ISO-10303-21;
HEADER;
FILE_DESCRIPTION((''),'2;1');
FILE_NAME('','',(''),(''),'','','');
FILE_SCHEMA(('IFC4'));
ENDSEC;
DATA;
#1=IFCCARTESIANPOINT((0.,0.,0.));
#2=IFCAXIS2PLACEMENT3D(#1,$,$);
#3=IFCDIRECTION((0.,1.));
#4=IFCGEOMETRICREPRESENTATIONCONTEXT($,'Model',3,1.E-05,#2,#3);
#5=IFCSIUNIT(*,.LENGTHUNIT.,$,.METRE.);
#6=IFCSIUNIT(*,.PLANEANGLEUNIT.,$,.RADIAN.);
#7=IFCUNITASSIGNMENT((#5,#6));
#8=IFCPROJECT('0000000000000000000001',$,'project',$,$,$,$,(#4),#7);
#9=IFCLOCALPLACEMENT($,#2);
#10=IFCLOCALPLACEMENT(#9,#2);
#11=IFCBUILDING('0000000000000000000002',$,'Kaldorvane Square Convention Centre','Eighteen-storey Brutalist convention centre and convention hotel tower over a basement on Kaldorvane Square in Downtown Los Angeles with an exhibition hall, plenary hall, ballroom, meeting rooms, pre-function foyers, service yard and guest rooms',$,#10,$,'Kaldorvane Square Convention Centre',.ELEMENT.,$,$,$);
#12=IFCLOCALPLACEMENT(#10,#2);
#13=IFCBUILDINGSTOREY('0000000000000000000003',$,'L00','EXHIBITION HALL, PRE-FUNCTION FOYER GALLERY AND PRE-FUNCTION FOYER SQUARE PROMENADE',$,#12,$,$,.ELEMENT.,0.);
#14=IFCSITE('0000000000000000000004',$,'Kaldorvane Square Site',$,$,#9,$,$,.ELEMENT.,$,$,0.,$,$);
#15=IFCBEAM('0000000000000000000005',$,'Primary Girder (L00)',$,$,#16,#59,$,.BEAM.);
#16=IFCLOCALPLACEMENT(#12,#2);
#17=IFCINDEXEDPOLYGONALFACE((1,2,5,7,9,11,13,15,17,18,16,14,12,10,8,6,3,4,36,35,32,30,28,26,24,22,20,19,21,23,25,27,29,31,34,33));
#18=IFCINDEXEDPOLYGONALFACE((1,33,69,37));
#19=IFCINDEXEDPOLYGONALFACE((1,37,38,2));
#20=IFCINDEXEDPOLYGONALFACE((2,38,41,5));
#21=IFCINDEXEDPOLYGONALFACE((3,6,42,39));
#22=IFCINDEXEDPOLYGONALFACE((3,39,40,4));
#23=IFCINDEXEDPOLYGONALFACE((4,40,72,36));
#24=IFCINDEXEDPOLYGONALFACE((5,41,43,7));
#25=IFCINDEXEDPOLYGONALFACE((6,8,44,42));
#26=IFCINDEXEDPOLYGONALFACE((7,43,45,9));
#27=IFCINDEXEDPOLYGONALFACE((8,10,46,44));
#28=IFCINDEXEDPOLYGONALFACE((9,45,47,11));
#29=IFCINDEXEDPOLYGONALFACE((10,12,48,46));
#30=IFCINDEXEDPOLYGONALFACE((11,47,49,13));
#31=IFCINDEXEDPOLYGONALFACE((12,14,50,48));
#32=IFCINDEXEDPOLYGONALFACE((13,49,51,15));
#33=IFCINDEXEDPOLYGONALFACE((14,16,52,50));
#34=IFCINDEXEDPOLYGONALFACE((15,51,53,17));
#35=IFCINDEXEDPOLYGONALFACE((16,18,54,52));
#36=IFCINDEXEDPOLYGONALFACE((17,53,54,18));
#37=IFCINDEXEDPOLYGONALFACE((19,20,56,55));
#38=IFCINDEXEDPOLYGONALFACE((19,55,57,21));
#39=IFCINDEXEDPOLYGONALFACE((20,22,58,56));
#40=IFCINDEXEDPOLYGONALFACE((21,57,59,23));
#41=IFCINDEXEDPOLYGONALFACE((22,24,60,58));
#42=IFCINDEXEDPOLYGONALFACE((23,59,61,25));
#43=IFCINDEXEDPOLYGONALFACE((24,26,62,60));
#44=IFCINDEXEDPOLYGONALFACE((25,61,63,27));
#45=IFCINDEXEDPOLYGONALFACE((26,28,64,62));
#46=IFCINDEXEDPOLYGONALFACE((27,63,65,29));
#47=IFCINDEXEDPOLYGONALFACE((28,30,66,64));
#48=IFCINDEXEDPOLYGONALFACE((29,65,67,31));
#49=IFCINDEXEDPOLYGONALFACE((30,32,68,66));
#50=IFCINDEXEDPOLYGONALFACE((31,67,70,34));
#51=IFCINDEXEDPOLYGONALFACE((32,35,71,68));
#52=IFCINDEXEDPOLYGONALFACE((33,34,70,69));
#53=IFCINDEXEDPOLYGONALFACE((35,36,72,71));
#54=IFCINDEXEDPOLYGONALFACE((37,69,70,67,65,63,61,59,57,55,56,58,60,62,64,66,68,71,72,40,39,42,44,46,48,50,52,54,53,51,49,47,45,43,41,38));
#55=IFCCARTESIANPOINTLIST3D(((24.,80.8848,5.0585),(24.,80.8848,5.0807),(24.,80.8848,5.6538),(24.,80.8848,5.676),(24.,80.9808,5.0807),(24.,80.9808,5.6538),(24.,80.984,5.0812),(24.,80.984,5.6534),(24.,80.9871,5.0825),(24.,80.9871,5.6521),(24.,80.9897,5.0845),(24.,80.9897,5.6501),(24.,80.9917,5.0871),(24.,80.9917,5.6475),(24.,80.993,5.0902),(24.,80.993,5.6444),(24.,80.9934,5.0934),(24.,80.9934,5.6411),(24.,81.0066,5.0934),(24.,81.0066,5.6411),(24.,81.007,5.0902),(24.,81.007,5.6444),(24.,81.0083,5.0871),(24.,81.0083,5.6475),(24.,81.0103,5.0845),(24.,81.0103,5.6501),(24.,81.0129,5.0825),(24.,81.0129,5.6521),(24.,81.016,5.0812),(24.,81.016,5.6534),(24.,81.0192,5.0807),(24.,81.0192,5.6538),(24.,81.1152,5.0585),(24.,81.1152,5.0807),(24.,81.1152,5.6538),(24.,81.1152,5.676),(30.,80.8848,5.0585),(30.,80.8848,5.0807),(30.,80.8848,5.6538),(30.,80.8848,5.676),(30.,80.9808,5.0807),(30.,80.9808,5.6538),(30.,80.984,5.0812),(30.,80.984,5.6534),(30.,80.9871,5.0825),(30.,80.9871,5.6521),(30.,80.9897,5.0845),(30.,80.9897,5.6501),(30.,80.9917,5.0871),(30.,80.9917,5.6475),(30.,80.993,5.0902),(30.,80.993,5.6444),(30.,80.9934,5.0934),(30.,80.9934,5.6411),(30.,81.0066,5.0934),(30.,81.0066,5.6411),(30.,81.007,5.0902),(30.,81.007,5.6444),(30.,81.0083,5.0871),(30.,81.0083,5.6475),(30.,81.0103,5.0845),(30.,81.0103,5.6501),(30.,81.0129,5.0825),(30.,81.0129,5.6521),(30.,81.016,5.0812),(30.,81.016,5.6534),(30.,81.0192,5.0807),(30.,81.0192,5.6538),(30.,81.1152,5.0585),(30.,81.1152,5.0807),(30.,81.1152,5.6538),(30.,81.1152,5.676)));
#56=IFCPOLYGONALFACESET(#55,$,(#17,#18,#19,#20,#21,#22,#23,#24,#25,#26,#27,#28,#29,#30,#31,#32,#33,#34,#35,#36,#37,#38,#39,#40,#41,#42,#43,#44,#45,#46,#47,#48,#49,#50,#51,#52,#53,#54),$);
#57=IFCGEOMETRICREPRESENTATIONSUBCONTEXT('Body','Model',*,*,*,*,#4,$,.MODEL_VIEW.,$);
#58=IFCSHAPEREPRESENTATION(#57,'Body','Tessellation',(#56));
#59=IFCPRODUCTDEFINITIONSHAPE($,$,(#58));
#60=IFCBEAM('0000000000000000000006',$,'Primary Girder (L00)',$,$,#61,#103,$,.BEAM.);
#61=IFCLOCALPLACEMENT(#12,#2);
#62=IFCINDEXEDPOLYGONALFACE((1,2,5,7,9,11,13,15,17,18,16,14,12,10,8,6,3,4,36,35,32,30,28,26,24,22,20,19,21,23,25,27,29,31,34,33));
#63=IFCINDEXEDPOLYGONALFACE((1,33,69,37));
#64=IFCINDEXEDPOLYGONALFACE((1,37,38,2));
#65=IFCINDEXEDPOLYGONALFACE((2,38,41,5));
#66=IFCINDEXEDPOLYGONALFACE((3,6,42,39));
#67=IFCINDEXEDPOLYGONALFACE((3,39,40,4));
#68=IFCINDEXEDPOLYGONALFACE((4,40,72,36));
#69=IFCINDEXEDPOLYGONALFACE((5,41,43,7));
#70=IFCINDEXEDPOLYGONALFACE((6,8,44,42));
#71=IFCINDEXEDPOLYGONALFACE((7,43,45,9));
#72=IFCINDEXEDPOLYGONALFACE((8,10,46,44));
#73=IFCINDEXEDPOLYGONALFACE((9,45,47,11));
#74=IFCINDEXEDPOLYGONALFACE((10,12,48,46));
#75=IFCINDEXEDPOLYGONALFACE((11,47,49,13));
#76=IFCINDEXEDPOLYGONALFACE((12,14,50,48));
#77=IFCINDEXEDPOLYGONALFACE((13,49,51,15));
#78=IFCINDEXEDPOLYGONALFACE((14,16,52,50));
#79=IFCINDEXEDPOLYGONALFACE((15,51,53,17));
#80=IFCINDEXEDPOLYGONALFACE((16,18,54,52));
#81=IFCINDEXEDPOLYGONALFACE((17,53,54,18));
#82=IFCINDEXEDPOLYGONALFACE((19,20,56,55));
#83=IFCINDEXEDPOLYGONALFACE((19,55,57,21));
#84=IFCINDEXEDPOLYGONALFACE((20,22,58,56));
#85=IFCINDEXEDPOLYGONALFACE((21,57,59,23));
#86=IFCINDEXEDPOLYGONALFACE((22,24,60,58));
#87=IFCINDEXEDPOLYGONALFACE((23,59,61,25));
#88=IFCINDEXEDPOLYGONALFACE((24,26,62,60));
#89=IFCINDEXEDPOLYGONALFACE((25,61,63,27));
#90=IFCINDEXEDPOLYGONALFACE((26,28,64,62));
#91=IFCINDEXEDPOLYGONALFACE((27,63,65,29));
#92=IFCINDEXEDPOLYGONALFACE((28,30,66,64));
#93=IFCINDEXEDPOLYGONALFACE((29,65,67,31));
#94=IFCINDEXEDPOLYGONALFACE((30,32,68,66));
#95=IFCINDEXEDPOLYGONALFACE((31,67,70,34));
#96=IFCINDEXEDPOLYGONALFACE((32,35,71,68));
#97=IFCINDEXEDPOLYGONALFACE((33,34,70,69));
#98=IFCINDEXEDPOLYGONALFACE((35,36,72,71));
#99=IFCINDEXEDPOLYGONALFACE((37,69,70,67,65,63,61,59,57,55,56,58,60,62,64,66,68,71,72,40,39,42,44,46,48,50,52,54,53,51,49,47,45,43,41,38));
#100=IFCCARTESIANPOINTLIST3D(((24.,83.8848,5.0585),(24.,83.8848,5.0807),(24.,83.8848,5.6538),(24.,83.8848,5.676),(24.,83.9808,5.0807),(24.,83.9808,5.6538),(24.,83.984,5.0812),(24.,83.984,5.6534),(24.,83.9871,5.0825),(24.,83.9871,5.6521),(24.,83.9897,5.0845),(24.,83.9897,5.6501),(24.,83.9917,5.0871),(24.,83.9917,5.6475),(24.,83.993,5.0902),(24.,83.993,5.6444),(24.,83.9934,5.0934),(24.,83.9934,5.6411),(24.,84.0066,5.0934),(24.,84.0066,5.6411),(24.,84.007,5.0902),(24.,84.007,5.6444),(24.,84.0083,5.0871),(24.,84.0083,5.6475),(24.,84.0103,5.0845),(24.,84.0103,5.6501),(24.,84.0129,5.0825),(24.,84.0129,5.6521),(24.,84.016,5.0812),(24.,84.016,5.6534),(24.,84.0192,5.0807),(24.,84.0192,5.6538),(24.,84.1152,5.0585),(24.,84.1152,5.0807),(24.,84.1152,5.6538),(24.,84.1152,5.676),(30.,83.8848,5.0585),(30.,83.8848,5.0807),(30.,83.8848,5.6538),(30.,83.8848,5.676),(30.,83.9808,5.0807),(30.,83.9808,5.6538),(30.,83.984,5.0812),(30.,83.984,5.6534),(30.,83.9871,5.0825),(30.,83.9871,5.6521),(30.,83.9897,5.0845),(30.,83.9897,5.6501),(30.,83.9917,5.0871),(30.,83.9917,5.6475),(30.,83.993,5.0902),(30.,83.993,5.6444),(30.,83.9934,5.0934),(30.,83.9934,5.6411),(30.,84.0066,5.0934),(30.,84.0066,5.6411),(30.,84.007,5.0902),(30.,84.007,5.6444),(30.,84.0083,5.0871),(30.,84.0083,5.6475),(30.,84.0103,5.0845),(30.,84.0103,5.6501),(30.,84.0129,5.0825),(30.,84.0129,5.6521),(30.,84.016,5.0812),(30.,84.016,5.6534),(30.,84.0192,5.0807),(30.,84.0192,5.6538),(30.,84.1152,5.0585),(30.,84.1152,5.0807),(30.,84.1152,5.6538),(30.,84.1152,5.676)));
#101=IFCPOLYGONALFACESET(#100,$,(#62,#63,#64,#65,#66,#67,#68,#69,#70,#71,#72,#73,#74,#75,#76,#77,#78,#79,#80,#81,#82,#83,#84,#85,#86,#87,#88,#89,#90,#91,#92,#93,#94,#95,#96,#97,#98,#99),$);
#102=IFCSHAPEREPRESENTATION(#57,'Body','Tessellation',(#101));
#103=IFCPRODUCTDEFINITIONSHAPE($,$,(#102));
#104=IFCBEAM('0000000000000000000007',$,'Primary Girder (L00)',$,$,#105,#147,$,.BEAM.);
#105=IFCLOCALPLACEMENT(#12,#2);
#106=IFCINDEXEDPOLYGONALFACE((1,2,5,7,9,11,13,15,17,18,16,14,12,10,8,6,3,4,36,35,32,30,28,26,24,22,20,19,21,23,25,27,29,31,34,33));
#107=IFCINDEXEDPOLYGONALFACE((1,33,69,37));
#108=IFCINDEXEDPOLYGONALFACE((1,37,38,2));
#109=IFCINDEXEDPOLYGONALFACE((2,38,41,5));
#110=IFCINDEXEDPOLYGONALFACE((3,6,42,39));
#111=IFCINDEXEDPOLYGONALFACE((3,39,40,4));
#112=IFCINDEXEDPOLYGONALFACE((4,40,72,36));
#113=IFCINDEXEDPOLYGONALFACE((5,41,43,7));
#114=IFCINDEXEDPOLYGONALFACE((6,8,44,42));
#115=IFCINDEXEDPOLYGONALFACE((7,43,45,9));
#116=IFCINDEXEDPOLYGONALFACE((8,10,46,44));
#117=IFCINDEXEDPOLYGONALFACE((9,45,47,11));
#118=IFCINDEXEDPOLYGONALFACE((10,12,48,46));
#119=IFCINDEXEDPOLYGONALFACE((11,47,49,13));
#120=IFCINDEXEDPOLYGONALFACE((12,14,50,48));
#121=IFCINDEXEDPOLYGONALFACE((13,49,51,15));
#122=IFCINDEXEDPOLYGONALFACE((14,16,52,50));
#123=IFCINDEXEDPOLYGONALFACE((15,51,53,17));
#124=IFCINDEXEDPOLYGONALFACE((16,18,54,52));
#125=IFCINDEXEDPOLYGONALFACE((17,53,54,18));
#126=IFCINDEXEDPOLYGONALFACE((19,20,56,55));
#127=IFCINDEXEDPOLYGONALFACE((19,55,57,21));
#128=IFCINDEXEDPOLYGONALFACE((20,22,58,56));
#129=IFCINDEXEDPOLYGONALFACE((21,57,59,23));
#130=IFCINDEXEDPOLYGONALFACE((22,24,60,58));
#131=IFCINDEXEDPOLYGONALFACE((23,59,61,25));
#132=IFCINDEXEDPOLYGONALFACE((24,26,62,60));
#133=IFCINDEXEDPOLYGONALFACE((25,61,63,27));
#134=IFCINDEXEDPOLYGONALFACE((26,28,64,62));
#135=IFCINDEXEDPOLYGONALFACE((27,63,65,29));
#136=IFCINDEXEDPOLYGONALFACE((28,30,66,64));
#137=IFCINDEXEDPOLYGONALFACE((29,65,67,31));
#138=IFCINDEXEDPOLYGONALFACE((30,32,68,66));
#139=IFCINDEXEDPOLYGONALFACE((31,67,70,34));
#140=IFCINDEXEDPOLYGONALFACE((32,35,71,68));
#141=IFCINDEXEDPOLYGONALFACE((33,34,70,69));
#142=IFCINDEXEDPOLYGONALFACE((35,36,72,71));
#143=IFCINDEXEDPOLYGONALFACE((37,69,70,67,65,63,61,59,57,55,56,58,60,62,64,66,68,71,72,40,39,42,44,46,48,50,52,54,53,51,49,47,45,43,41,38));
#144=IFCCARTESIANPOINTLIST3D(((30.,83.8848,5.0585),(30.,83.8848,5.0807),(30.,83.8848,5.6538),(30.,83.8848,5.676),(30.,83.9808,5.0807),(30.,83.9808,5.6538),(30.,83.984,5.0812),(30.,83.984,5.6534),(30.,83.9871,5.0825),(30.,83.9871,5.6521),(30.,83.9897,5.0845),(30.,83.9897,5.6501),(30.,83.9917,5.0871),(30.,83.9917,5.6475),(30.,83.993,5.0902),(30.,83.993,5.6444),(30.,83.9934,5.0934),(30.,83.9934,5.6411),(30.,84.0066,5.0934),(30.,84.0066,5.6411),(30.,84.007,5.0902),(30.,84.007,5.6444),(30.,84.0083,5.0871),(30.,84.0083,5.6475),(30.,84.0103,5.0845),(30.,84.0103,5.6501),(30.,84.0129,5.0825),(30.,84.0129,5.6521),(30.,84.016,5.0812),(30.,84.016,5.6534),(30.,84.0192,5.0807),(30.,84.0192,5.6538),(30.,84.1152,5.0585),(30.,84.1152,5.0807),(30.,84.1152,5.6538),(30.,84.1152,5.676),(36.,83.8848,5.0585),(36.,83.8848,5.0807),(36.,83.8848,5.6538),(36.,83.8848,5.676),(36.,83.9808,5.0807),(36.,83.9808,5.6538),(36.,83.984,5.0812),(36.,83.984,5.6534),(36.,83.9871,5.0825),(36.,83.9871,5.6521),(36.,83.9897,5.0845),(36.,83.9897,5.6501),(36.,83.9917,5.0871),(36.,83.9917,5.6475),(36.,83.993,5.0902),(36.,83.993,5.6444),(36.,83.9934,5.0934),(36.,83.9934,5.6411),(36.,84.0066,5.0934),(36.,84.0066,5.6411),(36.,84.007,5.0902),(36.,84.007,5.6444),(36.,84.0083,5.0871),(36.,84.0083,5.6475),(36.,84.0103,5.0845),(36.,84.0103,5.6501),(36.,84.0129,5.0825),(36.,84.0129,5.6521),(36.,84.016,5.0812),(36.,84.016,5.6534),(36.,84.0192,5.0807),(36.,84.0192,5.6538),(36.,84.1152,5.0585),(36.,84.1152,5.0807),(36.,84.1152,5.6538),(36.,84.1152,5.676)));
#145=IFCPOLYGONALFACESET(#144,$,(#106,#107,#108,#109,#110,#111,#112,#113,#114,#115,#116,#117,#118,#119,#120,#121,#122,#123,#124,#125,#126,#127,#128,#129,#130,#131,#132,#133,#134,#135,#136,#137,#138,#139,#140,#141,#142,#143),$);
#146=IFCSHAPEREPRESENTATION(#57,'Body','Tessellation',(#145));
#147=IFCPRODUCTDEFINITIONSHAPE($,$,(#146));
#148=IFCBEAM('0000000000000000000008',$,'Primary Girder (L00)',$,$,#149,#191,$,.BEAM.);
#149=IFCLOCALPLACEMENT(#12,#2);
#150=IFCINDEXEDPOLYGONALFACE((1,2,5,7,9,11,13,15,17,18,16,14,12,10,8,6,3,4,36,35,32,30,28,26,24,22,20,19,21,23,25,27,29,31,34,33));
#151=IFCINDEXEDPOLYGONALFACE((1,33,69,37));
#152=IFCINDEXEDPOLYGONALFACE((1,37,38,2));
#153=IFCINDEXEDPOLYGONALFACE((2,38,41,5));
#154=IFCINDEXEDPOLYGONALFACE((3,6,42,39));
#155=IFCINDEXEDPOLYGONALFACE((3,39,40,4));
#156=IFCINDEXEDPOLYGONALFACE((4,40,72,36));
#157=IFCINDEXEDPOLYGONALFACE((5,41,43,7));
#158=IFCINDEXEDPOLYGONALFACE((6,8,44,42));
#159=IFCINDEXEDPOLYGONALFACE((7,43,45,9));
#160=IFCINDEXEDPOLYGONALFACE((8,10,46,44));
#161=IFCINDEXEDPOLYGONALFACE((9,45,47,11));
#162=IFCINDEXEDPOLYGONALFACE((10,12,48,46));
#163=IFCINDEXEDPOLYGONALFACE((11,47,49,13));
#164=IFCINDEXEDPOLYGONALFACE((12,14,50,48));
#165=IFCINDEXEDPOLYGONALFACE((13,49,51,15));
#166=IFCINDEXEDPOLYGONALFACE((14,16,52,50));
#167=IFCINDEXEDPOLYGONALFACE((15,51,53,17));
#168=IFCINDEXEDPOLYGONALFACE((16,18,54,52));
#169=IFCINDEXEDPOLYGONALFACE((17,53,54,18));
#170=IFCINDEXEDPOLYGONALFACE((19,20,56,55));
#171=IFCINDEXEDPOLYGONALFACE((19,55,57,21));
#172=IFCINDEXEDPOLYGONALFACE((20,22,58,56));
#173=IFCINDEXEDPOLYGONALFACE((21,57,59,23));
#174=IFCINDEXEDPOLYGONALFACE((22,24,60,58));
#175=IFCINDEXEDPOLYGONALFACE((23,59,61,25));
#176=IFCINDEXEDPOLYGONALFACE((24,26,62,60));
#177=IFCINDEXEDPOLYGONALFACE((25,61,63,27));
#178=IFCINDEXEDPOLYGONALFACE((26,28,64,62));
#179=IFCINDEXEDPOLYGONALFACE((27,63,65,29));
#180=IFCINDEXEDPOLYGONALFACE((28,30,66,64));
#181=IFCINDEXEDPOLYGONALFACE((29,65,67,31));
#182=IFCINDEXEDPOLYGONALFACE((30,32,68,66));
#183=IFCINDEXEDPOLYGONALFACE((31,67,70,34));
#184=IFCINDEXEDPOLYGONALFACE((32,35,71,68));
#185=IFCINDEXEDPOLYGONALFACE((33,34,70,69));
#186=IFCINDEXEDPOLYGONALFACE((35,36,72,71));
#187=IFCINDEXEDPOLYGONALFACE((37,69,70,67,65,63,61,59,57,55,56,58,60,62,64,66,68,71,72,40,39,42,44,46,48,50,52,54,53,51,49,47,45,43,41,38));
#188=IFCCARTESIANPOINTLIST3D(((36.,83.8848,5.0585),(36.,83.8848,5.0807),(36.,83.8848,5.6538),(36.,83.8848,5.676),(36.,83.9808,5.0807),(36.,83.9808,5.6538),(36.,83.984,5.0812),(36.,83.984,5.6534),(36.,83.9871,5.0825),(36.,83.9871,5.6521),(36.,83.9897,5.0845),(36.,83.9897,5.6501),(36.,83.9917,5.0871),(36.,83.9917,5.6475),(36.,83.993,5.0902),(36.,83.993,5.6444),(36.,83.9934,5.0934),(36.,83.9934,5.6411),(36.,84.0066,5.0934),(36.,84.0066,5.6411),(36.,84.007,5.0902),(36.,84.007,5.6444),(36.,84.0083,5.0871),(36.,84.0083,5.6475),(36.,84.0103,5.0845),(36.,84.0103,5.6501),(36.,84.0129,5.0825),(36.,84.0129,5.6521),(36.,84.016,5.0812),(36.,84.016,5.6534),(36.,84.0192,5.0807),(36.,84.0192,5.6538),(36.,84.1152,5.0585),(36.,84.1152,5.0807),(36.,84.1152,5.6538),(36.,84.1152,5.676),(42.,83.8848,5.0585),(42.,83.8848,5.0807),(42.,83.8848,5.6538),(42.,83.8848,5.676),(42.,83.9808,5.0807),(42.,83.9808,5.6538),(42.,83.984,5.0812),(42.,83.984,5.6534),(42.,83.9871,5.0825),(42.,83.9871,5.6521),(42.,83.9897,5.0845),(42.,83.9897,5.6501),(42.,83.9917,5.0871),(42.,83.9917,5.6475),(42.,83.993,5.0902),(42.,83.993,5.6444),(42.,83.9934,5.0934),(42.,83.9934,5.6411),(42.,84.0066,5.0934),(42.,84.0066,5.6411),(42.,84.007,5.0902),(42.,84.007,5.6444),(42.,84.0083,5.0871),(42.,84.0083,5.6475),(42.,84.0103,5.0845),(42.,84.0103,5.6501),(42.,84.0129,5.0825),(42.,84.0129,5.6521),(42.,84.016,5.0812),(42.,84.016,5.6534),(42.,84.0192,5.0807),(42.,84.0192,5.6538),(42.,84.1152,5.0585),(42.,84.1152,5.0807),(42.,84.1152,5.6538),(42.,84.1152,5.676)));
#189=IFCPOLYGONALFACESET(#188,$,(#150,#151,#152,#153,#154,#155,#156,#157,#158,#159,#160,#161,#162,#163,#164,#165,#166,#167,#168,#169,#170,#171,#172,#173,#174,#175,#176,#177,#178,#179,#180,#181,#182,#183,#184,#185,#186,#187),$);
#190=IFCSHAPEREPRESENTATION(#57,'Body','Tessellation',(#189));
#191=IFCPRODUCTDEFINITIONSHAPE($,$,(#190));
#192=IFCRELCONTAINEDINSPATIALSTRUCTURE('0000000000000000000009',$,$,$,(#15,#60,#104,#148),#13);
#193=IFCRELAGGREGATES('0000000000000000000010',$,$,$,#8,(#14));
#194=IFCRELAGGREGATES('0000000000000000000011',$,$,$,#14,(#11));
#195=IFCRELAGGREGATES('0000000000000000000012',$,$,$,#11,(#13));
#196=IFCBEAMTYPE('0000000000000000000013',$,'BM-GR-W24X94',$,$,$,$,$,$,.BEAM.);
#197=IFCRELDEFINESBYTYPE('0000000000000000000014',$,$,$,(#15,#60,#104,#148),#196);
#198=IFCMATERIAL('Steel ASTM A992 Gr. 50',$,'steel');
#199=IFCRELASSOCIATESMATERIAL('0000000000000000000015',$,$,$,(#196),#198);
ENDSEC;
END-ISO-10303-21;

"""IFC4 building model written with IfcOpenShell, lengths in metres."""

from ifc_helpers import new_model, si_unit, direction, frame, origin, origin_2d, place, context, subcontext, project, spatial, i_section, extrude, material, material_profile, profile_set, type_object, element, save


model = new_model("IFC4")

# Units and contexts
model_context = context("Model", 3, precision=1e-05, world=origin(), true_north=direction((0.0, 1.0)))
body_context = subcontext(model_context, "Body", "Model", "MODEL_VIEW")
ifc_project = project(units=[si_unit("LENGTHUNIT", "METRE"), si_unit("PLANEANGLEUNIT", "RADIAN")], contexts=[model_context])

# Site, building, storey
site_placement = place(None, origin())
site = spatial("IfcSite", under=ifc_project, at=site_placement, Name="Kaldorvane Square Site", CompositionType="ELEMENT", RefElevation=0.0)
building_placement = place(site_placement, origin())
building = spatial("IfcBuilding", under=site, at=building_placement, Name="Kaldorvane Square Convention Centre", Description="Eighteen-storey Brutalist convention centre and convention hotel tower over a basement on Kaldorvane Square in Downtown Los Angeles with an exhibition hall, plenary hall, ballroom, meeting rooms, pre-function foyers, service yard and guest rooms", LongName="Kaldorvane Square Convention Centre", CompositionType="ELEMENT")
storey_placement = place(building_placement, origin())
storey = spatial("IfcBuildingStorey", under=building, at=storey_placement, Name="L00", Description="EXHIBITION HALL, PRE-FUNCTION FOYER GALLERY AND PRE-FUNCTION FOYER SQUARE PROMENADE", CompositionType="ELEMENT", Elevation=0.0)

# Shared definitions
ifc_material_1 = material(Name="Steel ASTM A992 Gr. 50", Category="steel")

# Beams
ifc_material_profile_1 = material_profile(ifc_material_1, i_section(OverallWidth=0.2303, OverallDepth=0.6175, WebThickness=0.0131, FlangeThickness=0.0222, FilletRadius=0.0127, at=origin_2d()), Name="W24X94")
ifc_profile_set_1 = profile_set([ifc_material_profile_1], Name="Steel ASTM A992 Gr. 50")
beam_type_1 = type_object("IfcBeamType", Name="BM-GR-W24X94", PredefinedType="BEAM", material=ifc_profile_set_1)
for number, where, z_axis, x_axis, name in (
    (1, (24.0, 81.0, 5.3673), (1.0, 0.0, 0.0), (0.0, 1.0, 0.0), "Primary Girder (L00)"),
    (2, (24.0, 84.0, 5.3673), (1.0, 0.0, 0.0), (0.0, 1.0, 0.0), "Primary Girder (L00)"),
    (3, (30.0, 84.0, 5.3673), (1.0, 0.0, 0.0), (0.0, 1.0, 0.0), "Primary Girder (L00)"),
    (4, (36.0, 84.0, 5.3673), (1.0, 0.0, 0.0), (0.0, 1.0, 0.0), "Primary Girder (L00)"),
):
    element("IfcBeam", number, at=place(storey_placement, frame(where, z_axis=z_axis, x_axis=x_axis)), inside=storey, type_object=beam_type_1, Name=name, PredefinedType="BEAM", context=body_context, shape_type="SweptSolid", body=[
        extrude(i_section(OverallWidth=0.2303, OverallDepth=0.6175, WebThickness=0.0131, FlangeThickness=0.0222, FilletRadius=0.0127, at=origin_2d()), origin(), (0.0, 0.0, 1.0), 6.0),
    ])

save(model, "model.ifc")
